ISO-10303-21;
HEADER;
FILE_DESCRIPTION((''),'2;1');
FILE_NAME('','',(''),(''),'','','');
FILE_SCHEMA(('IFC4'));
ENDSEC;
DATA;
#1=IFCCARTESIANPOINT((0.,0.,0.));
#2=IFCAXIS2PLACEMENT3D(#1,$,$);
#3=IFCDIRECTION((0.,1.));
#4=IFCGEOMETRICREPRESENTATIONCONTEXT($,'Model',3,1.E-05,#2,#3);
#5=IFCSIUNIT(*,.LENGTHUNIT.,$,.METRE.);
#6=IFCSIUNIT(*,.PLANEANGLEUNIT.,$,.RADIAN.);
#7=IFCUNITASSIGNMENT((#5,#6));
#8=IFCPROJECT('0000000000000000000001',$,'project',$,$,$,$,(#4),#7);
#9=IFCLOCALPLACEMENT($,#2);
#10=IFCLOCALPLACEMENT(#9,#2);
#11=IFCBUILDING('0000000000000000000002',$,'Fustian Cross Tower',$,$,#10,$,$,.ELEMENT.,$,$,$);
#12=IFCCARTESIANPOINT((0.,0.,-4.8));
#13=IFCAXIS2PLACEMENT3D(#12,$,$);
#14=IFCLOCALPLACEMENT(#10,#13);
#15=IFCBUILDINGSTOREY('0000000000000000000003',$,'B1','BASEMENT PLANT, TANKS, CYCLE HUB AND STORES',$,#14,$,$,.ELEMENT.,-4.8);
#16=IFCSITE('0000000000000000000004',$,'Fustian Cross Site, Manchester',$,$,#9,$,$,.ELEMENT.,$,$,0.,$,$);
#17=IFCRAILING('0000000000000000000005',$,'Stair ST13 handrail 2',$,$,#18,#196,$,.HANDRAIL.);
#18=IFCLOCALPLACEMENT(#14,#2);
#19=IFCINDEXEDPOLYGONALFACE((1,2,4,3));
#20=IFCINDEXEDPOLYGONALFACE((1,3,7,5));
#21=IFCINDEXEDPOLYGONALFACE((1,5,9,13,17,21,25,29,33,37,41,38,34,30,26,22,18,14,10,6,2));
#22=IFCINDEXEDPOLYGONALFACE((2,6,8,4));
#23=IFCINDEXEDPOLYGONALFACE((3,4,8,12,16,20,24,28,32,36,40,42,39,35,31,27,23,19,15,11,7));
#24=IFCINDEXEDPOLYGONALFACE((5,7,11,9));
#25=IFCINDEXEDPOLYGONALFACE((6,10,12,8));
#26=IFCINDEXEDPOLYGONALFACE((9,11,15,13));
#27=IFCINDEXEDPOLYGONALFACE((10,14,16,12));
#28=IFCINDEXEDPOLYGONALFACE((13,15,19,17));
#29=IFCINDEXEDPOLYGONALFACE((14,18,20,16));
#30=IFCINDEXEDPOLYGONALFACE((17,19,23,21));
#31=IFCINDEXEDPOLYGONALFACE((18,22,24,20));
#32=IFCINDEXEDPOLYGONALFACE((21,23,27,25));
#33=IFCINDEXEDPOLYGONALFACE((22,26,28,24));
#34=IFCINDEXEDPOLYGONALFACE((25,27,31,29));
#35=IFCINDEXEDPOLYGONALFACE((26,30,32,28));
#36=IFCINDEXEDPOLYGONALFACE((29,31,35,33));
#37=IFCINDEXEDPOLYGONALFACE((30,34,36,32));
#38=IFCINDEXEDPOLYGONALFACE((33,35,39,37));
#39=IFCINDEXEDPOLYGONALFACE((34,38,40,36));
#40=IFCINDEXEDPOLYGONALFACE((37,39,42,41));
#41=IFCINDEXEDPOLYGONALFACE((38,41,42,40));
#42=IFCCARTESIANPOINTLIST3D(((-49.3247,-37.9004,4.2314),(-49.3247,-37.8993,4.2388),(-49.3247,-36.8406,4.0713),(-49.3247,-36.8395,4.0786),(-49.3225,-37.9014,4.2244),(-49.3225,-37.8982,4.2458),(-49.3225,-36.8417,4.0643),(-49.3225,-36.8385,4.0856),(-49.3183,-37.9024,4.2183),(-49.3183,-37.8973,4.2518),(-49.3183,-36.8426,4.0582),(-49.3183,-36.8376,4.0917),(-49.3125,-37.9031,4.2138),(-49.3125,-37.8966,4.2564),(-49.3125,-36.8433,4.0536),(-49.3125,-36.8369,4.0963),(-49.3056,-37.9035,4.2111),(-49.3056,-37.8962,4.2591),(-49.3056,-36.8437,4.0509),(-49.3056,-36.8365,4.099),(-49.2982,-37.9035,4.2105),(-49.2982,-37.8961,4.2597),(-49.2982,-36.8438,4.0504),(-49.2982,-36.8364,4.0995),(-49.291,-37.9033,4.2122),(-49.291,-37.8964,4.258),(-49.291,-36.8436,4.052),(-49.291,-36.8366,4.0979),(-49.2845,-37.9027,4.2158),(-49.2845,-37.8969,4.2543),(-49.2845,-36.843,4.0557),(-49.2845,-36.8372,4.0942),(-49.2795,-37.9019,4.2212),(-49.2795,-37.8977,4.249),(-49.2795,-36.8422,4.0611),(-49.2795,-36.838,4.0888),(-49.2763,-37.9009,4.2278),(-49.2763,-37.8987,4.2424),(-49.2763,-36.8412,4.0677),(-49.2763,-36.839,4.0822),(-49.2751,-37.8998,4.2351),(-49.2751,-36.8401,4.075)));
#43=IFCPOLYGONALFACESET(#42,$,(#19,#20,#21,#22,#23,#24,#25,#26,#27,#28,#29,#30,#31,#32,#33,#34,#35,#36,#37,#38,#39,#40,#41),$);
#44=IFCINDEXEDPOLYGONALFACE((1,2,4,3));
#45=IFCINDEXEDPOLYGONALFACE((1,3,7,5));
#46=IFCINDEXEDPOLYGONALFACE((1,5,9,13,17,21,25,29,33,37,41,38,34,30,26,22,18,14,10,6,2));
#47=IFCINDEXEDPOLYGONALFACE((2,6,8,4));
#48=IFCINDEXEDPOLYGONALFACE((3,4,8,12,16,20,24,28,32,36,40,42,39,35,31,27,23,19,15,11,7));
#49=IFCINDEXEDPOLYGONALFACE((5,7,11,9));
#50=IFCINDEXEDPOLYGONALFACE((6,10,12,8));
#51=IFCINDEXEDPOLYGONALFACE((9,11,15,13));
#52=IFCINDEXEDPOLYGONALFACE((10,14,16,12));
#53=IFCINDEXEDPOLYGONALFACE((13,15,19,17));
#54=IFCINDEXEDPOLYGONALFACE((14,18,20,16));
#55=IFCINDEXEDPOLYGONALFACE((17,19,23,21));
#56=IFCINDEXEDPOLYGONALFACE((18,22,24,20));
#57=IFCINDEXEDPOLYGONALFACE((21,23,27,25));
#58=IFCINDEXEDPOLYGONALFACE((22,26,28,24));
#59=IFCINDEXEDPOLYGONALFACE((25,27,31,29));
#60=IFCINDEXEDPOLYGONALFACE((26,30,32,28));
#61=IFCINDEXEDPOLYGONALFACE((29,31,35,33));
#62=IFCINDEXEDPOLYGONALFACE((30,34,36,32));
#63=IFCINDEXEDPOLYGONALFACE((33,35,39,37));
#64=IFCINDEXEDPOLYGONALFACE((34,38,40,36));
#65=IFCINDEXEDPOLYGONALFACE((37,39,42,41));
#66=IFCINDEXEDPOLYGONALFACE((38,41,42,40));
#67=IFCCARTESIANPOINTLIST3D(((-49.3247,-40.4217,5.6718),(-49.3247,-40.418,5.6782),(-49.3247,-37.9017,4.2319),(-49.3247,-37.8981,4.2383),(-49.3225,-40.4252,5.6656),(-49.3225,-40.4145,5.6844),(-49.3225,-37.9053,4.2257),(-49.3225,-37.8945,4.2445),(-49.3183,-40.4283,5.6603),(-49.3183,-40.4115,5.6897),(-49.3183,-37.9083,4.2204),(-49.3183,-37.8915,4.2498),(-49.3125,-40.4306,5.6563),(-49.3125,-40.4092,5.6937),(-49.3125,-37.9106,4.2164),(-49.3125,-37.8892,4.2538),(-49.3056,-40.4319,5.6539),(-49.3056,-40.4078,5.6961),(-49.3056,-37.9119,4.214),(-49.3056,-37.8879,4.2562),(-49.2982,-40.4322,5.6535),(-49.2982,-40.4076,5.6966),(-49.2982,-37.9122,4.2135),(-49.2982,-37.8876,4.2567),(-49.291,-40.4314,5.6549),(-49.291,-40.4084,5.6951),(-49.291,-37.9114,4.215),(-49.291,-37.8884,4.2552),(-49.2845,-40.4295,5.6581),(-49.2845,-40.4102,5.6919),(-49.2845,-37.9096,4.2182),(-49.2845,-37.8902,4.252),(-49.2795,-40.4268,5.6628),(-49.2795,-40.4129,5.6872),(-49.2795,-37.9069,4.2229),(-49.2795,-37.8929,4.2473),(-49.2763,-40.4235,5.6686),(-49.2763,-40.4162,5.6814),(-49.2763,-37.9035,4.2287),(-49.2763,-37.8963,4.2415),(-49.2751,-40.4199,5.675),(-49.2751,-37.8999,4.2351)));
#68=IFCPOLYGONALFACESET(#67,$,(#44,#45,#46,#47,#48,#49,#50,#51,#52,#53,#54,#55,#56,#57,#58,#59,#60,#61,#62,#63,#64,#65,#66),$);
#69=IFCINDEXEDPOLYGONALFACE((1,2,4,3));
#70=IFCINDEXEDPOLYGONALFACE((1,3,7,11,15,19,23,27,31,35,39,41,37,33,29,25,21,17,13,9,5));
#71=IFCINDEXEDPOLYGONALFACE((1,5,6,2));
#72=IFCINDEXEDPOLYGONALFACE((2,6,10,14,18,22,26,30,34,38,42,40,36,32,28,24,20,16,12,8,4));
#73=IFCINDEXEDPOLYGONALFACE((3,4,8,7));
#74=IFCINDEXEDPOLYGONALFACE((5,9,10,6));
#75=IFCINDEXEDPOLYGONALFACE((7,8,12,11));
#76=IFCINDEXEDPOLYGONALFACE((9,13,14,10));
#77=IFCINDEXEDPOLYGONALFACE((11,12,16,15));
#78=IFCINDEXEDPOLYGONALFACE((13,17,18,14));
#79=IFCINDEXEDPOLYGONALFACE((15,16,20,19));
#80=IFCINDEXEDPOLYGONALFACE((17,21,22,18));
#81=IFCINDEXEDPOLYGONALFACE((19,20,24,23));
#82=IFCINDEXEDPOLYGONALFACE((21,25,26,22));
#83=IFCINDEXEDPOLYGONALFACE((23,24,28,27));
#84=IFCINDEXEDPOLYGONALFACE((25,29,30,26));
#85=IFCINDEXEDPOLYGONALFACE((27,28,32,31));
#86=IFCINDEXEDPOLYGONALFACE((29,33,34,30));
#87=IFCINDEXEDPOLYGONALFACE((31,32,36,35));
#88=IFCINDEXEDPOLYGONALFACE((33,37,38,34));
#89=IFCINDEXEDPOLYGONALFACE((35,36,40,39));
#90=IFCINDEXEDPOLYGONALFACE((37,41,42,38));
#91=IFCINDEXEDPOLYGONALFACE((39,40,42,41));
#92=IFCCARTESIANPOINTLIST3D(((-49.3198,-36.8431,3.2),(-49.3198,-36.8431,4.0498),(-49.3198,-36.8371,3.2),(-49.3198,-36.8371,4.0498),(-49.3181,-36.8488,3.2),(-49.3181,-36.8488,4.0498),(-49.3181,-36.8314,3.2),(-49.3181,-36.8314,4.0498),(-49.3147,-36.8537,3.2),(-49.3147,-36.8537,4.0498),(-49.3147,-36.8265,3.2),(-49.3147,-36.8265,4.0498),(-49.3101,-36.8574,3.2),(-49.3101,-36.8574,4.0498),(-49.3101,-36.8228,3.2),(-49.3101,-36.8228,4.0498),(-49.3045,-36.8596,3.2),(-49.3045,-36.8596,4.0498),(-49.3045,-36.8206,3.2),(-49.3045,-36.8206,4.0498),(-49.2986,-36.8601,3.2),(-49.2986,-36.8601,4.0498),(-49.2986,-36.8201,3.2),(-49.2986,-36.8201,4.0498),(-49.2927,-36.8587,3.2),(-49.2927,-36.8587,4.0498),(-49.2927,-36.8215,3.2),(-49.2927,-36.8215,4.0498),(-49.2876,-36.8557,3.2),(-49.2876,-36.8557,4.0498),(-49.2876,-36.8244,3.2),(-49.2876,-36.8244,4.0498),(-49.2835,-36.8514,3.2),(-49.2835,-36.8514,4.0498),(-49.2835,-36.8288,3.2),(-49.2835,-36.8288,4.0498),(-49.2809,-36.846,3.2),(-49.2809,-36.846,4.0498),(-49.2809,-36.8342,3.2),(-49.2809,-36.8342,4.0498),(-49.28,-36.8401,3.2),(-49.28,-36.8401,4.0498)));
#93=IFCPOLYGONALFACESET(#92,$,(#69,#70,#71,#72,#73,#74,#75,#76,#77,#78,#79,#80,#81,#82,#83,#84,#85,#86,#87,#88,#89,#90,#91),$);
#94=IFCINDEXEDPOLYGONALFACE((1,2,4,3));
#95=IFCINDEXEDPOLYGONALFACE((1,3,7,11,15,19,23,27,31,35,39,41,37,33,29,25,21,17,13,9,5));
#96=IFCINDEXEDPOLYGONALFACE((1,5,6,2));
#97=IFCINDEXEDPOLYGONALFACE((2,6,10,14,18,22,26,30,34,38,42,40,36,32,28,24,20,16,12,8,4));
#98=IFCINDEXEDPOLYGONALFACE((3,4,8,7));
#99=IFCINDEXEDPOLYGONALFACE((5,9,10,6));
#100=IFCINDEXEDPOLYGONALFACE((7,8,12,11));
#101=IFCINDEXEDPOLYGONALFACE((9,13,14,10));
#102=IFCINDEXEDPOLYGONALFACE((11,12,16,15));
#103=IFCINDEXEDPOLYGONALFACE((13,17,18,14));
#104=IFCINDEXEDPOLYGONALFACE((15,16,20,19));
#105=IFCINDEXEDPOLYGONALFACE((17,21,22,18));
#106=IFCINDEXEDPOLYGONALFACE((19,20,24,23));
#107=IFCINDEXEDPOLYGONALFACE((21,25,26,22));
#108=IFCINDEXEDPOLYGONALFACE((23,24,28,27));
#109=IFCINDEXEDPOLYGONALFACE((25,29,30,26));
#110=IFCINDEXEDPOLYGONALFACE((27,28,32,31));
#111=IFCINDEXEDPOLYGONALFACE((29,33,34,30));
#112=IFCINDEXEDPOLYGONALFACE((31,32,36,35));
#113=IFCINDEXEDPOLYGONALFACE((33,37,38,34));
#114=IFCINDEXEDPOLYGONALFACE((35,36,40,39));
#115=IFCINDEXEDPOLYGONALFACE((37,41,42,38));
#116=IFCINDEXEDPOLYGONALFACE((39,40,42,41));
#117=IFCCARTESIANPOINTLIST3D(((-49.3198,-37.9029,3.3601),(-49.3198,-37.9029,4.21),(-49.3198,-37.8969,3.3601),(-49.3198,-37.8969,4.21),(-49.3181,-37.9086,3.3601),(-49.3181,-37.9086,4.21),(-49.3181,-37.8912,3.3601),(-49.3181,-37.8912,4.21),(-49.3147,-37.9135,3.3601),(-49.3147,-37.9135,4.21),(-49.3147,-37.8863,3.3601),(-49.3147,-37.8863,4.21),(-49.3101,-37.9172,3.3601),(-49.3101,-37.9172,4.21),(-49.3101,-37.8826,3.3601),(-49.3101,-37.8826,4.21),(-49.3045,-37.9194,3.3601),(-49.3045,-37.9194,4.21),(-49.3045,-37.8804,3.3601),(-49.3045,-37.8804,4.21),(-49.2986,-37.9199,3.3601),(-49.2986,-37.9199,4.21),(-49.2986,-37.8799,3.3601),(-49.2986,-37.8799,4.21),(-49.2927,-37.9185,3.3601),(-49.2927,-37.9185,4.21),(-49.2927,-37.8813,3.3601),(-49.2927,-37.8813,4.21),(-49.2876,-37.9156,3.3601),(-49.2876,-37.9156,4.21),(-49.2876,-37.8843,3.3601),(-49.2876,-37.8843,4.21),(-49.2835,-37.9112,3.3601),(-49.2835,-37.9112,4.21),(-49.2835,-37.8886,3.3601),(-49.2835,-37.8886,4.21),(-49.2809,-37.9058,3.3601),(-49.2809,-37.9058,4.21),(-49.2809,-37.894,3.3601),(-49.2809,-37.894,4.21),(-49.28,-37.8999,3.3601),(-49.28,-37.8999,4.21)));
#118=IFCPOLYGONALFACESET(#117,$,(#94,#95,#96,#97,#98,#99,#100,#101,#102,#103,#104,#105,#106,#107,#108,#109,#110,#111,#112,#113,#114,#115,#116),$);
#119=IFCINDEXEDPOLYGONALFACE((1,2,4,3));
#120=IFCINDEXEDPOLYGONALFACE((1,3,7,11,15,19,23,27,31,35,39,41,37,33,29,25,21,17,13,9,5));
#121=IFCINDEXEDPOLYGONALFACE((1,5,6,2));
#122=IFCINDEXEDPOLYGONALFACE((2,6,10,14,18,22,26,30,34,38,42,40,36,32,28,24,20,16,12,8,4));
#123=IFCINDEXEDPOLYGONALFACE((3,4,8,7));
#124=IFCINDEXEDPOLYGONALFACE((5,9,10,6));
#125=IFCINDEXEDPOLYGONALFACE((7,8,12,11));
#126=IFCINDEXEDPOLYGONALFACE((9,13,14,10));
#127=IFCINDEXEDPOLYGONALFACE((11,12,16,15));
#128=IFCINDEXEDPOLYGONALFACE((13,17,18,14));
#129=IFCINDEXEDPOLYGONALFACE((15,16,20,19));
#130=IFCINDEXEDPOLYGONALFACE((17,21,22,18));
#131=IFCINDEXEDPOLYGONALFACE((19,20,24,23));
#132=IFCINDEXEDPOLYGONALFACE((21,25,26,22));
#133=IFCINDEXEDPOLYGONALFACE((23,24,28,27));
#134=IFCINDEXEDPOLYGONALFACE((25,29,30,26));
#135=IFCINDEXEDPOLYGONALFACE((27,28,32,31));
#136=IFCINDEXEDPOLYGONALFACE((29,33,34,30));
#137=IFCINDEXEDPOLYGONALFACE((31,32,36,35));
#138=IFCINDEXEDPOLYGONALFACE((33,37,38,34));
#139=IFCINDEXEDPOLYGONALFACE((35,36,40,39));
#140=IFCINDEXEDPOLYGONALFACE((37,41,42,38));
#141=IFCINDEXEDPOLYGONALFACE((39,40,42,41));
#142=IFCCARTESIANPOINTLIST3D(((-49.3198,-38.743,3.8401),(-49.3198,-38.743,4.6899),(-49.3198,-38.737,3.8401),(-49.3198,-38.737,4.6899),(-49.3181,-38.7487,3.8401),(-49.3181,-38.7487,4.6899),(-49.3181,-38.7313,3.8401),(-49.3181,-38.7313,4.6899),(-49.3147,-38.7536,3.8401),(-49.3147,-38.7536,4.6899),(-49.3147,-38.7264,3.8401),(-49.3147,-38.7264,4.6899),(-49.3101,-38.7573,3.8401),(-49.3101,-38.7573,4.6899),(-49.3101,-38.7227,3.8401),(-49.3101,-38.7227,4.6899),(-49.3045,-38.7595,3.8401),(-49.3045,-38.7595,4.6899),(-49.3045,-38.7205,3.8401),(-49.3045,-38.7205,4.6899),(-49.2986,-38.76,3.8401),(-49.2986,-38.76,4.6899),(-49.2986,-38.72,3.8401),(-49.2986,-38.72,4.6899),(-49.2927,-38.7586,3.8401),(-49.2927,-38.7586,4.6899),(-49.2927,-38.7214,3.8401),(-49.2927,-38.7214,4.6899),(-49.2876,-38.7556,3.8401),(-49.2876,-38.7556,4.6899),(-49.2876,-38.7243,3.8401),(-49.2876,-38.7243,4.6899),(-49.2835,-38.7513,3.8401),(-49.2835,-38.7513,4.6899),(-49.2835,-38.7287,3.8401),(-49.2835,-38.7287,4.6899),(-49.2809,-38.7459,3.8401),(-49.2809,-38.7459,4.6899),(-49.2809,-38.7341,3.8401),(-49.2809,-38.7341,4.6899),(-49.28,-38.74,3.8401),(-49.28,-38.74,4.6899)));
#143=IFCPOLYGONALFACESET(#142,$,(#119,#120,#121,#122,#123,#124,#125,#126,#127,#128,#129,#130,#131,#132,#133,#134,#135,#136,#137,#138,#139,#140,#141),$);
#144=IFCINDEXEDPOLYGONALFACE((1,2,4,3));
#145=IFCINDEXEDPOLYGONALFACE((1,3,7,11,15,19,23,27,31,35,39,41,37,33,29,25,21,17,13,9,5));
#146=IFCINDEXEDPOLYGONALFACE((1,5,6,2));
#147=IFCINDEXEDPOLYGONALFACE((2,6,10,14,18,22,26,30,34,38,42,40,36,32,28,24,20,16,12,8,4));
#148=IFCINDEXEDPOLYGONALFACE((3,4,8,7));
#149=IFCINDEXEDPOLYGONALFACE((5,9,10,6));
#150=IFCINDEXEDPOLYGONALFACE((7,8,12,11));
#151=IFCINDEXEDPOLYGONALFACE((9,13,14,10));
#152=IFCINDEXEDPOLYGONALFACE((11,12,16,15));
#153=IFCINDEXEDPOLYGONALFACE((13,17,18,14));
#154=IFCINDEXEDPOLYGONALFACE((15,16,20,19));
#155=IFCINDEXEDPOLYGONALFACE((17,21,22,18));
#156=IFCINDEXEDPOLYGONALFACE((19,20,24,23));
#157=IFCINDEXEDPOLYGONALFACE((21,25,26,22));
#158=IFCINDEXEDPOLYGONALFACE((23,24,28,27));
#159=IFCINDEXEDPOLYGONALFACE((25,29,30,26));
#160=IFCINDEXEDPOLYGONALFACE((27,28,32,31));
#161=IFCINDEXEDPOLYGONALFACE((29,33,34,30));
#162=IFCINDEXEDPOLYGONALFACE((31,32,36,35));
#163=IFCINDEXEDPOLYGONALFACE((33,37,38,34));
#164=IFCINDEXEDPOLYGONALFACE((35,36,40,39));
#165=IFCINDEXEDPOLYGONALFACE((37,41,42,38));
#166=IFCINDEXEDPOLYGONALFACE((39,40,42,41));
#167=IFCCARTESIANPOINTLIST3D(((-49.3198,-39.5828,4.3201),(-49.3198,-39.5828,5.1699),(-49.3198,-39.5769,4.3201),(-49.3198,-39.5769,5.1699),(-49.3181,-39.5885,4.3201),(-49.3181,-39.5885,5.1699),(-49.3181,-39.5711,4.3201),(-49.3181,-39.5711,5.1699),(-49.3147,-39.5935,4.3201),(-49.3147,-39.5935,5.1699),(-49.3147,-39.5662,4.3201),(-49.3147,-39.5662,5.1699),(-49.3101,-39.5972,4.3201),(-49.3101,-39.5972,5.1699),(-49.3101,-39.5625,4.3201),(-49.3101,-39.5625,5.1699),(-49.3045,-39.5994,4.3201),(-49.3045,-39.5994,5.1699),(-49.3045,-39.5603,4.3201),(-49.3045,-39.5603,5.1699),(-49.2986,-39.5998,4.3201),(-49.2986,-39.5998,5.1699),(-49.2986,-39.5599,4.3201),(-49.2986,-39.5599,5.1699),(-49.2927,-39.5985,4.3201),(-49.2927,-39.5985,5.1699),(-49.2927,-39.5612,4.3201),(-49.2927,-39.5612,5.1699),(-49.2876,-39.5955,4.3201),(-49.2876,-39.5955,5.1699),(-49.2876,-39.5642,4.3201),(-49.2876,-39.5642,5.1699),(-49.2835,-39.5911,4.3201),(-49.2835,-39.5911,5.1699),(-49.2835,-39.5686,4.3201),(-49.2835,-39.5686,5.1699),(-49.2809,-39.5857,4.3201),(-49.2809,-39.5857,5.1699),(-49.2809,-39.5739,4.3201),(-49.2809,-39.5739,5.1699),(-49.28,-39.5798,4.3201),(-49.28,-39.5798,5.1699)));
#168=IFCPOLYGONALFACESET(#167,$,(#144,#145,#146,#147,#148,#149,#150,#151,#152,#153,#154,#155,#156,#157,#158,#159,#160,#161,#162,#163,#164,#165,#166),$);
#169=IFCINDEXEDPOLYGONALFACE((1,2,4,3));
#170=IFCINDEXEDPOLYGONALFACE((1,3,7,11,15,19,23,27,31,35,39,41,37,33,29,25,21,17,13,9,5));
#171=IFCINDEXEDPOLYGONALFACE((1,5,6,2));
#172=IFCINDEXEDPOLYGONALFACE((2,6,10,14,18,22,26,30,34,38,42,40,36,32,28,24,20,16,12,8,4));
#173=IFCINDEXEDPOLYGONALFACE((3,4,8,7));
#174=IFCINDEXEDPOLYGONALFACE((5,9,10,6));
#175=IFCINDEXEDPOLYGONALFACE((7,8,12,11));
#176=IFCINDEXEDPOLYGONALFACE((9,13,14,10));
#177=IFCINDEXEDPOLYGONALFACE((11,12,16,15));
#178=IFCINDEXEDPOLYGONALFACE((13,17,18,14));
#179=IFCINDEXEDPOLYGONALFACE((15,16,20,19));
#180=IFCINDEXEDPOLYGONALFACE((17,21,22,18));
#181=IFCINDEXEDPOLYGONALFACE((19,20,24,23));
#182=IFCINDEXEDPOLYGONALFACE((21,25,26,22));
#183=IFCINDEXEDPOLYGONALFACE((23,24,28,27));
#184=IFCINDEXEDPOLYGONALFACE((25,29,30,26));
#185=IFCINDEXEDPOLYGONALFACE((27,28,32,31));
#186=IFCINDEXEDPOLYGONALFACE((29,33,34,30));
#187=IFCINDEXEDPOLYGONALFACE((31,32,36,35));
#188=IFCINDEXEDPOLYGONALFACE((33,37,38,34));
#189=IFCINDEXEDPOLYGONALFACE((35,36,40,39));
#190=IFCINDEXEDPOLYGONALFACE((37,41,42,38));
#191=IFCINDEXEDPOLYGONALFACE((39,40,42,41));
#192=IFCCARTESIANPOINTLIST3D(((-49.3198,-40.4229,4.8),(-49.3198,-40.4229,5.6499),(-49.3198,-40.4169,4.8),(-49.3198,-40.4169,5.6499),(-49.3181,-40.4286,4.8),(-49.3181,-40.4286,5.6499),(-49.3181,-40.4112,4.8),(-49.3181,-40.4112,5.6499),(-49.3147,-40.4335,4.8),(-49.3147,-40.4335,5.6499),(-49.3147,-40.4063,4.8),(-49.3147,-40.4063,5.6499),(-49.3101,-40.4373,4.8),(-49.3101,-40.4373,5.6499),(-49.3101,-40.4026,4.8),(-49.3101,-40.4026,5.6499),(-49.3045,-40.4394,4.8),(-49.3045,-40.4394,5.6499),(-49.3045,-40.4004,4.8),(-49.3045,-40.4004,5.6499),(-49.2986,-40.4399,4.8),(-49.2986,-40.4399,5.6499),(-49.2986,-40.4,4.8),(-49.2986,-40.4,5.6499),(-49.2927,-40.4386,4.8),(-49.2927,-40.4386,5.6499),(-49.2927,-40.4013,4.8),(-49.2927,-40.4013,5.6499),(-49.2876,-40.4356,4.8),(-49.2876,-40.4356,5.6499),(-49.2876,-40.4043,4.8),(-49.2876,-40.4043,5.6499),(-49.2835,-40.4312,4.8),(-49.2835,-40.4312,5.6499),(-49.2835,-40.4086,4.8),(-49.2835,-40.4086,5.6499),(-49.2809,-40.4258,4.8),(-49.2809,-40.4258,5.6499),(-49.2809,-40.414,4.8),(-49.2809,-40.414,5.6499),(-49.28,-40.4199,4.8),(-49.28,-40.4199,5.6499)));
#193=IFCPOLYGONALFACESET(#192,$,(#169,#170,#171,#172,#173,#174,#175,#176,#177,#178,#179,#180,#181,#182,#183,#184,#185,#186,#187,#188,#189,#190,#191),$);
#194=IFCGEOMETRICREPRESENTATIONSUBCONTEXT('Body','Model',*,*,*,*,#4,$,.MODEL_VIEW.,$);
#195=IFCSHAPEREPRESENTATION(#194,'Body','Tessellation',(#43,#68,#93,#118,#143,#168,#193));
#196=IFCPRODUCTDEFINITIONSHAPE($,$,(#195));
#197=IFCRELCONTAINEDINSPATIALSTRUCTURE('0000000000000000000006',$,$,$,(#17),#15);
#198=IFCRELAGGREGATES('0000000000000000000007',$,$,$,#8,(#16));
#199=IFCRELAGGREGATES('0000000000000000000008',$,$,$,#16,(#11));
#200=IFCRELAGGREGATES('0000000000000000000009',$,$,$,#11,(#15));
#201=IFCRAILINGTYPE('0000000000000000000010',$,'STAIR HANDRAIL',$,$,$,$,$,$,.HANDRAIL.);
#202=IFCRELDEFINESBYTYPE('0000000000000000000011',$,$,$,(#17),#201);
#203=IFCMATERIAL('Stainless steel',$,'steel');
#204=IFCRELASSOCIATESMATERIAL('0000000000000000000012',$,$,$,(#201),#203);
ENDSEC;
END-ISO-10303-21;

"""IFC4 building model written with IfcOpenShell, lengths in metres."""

from ifc_helpers import new_model, si_unit, direction, frame, origin, origin_2d, place, context, subcontext, project, spatial, circle, extrude, material, type_object, element, save


model = new_model("IFC4")

# Units and contexts
model_context = context("Model", 3, precision=1e-05, world=origin(), true_north=direction((0.0, 1.0)))
body_context = subcontext(model_context, "Body", "Model", "MODEL_VIEW")
ifc_project = project(units=[si_unit("LENGTHUNIT", "METRE"), si_unit("PLANEANGLEUNIT", "RADIAN")], contexts=[model_context])

# Site, building, storey
site_placement = place(None, origin())
site = spatial("IfcSite", under=ifc_project, at=site_placement, Name="Fustian Cross Site, Manchester", CompositionType="ELEMENT", RefElevation=0.0)
building_placement = place(site_placement, origin())
building = spatial("IfcBuilding", under=site, at=building_placement, Name="Fustian Cross Tower", CompositionType="ELEMENT")
storey_placement = place(building_placement, frame((0.0, 0.0, -4.8)))
storey = spatial("IfcBuildingStorey", under=building, at=storey_placement, Name="B1", Description="BASEMENT PLANT, TANKS, CYCLE HUB AND STORES", CompositionType="ELEMENT", Elevation=-4.8)

# Railing
ifc_material_1 = material(Name="Stainless steel", Category="steel")
railing_type = type_object("IfcRailingType", Name="STAIR HANDRAIL", PredefinedType="HANDRAIL", material=ifc_material_1)
railing_1_placement = place(storey_placement, frame((-49.3, -36.8401, 3.2)))
element("IfcRailing", 1, at=railing_1_placement, inside=storey, type_object=railing_type, Name="Stair ST13 handrail 2", PredefinedType="HANDRAIL", context=body_context, shape_type="SweptSolid", body=[
    extrude(circle(Radius=0.0249, at=origin_2d()), frame((0.0, 0.0, 0.875), z_axis=(0.0, -0.988774, 0.149421), x_axis=(1.0, 0.0, 0.0)), (0.0, 0.0, 1.0), 1.0718),
    extrude(circle(Radius=0.0249, at=origin_2d()), frame((0.0, -1.0598, 1.0352), z_axis=(0.0, -0.868253, 0.496121), x_axis=(1.0, 0.0, 0.0)), (0.0, 0.0, 1.0), 2.9023),
    extrude(circle(Radius=0.02, at=origin_2d()), origin(), (0.0, 0.0, 1.0), 0.8499),
    extrude(circle(Radius=0.02, at=origin_2d()), frame((0.0, -1.0598, 0.1602)), (0.0, 0.0, 1.0), 0.8499),
    extrude(circle(Radius=0.02, at=origin_2d()), frame((0.0, -1.8999, 0.6401)), (0.0, 0.0, 1.0), 0.8499),
    extrude(circle(Radius=0.02, at=origin_2d()), frame((0.0, -2.7397, 1.1201)), (0.0, 0.0, 1.0), 0.8499),
    extrude(circle(Radius=0.02, at=origin_2d()), frame((0.0, -3.5798, 1.6001)), (0.0, 0.0, 1.0), 0.8499),
])

save(model, "model.ifc")
